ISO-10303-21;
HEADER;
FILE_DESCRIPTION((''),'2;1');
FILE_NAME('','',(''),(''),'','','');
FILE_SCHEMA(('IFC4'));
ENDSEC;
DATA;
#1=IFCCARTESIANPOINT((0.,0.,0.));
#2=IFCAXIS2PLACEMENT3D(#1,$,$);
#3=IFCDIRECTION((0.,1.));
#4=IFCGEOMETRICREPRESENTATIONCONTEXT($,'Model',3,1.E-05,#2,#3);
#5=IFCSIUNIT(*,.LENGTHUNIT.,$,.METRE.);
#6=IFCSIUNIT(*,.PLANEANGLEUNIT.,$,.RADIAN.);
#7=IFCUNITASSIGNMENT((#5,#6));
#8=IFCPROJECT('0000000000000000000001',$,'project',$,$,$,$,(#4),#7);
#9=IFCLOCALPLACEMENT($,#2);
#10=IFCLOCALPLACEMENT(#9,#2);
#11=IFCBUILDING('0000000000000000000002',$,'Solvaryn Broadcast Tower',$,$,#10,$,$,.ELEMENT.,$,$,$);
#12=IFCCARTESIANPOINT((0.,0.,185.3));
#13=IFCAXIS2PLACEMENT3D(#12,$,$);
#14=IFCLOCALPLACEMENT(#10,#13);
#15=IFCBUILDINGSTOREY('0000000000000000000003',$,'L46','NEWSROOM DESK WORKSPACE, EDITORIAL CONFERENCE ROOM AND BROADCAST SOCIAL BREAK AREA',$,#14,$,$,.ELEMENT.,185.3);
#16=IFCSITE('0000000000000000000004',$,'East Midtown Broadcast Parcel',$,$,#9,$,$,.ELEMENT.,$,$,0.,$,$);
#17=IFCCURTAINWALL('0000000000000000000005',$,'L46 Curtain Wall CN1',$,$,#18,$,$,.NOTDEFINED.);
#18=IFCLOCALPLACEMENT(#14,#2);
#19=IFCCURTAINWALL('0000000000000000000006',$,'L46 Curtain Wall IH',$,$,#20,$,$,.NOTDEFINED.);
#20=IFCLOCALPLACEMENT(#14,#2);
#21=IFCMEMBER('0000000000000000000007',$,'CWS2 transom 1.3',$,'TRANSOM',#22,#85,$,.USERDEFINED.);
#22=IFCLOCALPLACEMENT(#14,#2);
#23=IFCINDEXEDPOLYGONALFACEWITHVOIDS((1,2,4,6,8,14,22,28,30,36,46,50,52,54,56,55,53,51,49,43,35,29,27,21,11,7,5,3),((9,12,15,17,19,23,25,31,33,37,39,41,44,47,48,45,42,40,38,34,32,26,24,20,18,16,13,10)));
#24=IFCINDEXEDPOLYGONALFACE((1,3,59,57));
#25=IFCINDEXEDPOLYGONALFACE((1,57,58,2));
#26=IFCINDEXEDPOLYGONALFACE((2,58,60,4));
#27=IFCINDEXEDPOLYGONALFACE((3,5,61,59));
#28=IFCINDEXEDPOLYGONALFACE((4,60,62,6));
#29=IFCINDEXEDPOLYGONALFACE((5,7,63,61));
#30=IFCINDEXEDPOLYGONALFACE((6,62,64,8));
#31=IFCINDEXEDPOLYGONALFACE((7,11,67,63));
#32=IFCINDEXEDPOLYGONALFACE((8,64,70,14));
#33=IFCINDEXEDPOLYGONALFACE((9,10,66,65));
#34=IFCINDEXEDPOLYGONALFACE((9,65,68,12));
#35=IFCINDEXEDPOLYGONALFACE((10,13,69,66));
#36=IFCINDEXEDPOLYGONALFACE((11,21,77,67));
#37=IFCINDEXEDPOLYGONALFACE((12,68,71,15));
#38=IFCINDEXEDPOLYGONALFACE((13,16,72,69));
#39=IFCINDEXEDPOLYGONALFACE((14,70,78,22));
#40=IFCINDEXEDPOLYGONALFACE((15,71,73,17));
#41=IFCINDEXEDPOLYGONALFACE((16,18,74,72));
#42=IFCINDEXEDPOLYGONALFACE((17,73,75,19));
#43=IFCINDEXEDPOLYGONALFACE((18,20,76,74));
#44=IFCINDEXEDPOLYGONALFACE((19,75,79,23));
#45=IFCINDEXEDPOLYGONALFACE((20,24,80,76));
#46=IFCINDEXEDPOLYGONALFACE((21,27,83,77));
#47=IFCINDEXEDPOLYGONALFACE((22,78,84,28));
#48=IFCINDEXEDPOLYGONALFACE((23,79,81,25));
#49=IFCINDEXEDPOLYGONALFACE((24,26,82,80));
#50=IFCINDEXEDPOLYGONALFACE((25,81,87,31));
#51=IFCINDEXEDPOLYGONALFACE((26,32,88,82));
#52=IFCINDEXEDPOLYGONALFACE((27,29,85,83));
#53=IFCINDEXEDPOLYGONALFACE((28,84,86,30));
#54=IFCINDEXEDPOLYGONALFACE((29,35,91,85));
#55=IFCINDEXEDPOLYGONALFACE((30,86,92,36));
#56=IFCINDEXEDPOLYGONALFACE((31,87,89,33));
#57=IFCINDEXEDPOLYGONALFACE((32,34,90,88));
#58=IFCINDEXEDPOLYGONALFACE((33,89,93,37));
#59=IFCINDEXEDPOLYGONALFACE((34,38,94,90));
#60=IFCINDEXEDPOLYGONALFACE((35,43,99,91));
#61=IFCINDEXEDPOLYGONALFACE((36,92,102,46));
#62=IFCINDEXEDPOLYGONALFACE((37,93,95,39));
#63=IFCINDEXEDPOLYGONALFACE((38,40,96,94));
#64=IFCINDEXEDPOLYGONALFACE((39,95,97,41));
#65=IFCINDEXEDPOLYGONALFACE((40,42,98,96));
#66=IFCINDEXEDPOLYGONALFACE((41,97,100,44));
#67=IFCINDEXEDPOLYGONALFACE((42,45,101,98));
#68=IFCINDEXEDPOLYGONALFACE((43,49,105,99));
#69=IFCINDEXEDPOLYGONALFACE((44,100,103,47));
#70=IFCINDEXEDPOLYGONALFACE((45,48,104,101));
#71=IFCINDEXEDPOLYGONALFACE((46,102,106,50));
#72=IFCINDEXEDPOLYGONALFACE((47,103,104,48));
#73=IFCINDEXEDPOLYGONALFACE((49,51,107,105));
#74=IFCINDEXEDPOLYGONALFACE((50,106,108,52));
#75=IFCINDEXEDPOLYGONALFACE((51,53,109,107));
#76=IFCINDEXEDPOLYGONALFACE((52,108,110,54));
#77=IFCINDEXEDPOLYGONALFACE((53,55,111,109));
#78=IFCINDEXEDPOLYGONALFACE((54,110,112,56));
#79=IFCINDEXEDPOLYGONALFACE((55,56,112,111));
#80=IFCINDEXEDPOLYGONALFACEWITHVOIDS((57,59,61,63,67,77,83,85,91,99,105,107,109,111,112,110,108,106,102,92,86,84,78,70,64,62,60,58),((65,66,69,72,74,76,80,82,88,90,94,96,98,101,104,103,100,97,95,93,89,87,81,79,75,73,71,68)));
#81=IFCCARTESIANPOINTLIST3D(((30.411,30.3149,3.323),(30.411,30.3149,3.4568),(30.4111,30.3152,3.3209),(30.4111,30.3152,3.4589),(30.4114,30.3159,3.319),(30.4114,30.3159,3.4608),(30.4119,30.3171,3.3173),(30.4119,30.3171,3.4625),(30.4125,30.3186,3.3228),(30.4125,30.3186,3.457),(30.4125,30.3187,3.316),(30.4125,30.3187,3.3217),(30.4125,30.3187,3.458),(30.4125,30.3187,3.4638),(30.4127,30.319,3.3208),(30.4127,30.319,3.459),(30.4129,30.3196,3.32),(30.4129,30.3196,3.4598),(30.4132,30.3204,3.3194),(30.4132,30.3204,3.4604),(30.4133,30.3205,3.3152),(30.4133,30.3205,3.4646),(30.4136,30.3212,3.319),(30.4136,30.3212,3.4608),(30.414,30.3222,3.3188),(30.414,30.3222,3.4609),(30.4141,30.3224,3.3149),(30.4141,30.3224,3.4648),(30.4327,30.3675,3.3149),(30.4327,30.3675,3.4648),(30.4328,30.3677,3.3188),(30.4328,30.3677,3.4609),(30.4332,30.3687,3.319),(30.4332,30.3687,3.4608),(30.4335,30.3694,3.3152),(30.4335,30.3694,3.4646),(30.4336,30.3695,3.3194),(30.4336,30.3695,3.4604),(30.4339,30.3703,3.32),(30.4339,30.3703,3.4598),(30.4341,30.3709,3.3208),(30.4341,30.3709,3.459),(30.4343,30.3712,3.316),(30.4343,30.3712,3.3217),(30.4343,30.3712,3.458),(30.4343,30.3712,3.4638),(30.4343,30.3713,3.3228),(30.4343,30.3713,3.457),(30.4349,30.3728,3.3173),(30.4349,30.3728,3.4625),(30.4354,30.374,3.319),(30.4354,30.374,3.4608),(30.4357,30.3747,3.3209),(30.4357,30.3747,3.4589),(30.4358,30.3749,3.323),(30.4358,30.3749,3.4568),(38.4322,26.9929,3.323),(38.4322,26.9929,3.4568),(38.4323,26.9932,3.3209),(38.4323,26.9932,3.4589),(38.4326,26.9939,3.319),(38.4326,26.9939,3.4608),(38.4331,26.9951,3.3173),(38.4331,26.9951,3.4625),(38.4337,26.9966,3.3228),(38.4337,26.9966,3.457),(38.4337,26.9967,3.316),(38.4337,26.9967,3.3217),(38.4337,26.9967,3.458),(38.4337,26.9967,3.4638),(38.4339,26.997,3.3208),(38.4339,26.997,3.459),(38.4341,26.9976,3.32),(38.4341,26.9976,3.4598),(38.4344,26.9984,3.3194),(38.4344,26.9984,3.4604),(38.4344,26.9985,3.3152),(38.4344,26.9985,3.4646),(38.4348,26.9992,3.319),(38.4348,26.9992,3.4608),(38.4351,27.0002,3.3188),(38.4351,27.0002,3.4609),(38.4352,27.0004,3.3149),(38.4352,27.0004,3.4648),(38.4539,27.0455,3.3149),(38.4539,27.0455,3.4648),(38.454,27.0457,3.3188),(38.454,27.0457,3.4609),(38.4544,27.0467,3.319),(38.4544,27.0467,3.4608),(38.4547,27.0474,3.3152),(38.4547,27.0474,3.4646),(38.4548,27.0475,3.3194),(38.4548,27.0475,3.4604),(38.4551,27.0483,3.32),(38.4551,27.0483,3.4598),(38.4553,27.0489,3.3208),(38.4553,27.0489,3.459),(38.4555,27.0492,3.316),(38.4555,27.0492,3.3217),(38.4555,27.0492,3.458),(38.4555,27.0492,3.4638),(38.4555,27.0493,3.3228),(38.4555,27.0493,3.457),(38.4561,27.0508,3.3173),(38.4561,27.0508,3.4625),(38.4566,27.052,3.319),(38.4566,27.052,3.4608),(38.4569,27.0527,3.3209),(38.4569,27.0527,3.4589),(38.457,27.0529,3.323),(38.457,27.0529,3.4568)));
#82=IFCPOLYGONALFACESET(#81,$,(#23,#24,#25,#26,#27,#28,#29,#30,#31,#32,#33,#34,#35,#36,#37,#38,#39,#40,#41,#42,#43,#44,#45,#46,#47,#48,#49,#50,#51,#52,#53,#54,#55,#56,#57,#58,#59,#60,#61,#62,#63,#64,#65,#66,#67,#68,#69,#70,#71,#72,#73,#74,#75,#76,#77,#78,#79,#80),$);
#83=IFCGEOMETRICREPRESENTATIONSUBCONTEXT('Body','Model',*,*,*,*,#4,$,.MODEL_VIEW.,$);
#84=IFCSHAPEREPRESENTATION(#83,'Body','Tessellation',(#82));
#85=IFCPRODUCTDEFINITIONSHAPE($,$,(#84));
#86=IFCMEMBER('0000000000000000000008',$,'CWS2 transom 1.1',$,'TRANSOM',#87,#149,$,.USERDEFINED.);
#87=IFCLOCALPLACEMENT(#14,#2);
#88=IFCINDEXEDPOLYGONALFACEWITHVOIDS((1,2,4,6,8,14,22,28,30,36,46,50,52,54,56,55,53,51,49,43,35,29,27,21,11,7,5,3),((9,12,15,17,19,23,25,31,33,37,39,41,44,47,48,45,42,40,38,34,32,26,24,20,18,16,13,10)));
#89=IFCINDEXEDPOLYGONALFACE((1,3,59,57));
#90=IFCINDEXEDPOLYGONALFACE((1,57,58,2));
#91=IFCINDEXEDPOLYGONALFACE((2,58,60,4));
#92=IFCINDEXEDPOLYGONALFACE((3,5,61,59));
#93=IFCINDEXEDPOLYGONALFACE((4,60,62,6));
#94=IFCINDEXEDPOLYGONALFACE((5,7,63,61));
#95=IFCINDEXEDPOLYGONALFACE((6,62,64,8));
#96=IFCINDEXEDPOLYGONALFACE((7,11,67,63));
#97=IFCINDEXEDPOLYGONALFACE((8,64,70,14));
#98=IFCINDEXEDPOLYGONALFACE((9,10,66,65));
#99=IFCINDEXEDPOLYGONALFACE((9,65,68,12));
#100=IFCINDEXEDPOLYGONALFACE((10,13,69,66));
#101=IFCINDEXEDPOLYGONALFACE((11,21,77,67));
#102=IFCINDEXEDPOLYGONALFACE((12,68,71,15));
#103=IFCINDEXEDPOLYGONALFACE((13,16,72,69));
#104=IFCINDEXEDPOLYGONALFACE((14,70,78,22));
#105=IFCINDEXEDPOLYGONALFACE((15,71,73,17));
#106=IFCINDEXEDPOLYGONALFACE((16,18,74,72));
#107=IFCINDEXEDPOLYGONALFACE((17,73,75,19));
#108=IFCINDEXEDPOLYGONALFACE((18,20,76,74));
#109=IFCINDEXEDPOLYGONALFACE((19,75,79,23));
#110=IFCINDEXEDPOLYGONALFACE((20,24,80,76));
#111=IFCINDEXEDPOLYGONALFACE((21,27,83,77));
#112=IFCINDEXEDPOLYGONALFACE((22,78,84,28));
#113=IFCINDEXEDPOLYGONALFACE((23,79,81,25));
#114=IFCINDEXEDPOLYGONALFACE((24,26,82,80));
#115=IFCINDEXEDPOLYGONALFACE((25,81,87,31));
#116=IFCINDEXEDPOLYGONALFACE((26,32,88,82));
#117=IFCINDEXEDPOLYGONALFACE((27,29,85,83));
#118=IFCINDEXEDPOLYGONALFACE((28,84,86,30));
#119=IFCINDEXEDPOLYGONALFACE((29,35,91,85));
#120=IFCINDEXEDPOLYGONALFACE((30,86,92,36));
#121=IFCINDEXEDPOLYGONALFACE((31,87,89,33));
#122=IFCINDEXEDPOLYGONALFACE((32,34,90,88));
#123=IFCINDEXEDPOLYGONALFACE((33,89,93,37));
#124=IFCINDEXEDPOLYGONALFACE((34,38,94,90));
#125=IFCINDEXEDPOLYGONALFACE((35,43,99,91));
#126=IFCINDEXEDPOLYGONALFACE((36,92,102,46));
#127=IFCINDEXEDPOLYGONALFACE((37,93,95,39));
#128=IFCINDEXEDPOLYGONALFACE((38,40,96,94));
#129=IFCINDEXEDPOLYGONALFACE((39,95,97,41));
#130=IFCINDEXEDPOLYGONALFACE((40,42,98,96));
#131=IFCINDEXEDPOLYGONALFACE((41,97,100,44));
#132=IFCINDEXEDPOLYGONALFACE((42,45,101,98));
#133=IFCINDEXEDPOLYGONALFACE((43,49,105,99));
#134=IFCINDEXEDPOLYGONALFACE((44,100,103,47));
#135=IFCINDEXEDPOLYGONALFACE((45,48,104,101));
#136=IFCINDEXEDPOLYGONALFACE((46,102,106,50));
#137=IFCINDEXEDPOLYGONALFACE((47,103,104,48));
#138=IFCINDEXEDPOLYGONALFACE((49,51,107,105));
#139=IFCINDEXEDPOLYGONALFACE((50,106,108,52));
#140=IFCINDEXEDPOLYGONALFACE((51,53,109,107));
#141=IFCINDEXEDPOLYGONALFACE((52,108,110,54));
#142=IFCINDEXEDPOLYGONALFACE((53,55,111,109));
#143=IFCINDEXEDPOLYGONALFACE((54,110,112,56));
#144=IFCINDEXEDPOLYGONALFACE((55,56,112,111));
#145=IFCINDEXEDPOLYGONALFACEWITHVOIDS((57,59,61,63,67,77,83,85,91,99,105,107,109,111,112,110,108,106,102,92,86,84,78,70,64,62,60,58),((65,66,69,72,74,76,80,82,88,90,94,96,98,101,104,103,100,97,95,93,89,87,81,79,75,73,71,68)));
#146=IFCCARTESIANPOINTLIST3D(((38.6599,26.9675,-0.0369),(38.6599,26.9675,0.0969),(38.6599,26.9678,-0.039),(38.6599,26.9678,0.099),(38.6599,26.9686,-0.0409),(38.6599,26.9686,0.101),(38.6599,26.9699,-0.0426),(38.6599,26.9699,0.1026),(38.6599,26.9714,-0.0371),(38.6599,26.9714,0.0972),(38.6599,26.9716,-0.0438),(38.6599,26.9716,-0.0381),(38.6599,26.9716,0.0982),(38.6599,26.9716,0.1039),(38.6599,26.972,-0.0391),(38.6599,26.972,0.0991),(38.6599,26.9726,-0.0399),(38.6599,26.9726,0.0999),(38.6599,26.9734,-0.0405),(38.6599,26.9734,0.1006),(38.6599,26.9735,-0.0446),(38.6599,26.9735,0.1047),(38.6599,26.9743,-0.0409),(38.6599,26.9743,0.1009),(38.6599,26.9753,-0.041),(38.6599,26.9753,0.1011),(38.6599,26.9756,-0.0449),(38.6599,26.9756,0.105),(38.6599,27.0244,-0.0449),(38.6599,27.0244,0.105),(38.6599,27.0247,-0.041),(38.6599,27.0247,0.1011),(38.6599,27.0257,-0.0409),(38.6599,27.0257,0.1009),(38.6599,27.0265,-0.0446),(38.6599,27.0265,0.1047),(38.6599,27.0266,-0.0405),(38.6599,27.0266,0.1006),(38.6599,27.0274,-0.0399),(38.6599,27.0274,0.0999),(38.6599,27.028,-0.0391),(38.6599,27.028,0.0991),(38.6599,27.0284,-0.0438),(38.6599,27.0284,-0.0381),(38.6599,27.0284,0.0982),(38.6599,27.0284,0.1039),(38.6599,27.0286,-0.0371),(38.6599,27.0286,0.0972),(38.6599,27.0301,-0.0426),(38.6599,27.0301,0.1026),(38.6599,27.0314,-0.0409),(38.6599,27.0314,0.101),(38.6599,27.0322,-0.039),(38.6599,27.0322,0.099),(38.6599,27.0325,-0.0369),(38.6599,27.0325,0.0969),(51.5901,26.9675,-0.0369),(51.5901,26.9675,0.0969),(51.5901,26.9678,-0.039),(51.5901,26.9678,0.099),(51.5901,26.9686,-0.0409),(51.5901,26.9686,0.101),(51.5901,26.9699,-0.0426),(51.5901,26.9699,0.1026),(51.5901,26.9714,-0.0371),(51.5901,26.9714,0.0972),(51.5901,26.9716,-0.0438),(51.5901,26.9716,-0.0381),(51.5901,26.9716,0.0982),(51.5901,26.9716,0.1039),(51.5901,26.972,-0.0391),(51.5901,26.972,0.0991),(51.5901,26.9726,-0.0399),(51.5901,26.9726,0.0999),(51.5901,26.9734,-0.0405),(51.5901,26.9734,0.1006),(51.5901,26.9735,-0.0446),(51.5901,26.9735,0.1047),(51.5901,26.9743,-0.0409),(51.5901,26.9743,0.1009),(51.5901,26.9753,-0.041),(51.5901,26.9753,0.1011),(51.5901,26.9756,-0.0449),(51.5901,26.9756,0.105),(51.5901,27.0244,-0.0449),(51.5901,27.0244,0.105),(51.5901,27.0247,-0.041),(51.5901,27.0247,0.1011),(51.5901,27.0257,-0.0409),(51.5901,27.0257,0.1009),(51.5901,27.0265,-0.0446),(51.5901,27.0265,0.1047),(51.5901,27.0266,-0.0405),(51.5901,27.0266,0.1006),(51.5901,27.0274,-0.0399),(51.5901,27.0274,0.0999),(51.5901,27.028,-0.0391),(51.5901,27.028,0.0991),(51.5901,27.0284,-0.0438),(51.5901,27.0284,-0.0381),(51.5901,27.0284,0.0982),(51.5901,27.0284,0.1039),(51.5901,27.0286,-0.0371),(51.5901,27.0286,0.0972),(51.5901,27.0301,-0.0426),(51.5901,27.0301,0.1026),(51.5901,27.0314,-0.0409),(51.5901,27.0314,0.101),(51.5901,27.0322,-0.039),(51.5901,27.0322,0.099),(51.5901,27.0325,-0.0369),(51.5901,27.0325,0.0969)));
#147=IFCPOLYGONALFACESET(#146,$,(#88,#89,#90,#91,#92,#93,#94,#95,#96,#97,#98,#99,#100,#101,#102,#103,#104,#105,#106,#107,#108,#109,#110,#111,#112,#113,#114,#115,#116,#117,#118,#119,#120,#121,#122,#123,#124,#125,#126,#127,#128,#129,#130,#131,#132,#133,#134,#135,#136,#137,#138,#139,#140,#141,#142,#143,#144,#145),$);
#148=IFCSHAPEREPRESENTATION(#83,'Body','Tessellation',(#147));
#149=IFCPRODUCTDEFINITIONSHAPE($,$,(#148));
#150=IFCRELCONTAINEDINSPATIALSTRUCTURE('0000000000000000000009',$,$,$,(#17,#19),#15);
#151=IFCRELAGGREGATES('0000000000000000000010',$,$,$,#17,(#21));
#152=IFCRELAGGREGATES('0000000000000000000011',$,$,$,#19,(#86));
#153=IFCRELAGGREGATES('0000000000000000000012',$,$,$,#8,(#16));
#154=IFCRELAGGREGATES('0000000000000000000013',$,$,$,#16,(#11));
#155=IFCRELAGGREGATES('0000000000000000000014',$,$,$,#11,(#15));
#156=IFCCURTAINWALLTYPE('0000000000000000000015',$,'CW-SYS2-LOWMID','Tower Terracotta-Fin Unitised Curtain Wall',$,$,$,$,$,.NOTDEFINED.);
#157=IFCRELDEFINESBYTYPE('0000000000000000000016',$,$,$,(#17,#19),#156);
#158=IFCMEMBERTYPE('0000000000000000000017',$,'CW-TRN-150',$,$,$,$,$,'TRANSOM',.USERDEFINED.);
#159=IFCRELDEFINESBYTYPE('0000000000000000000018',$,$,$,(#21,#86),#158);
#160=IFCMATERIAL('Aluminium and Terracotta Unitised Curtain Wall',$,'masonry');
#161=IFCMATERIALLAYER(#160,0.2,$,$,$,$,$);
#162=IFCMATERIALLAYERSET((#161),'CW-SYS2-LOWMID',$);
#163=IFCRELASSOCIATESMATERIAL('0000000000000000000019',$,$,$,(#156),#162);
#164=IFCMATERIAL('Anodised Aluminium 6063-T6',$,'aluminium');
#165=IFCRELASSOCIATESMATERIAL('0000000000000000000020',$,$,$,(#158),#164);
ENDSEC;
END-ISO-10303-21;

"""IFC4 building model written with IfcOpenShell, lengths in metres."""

from ifc_helpers import new_model, si_unit, direction, frame, origin, origin_2d, place, context, subcontext, project, spatial, hollow_rectangle, extrude, material, layer, layer_set, material_profile, profile_set, type_object, element, aggregate, save


model = new_model("IFC4")

# Units and contexts
model_context = context("Model", 3, precision=1e-05, world=origin(), true_north=direction((0.0, 1.0)))
body_context = subcontext(model_context, "Body", "Model", "MODEL_VIEW")
ifc_project = project(units=[si_unit("LENGTHUNIT", "METRE"), si_unit("PLANEANGLEUNIT", "RADIAN")], contexts=[model_context])

# Site, building, storey
site_placement = place(None, origin())
site = spatial("IfcSite", under=ifc_project, at=site_placement, Name="East Midtown Broadcast Parcel", CompositionType="ELEMENT", RefElevation=0.0)
building_placement = place(site_placement, origin())
building = spatial("IfcBuilding", under=site, at=building_placement, Name="Solvaryn Broadcast Tower", CompositionType="ELEMENT")
storey_placement = place(building_placement, frame((0.0, 0.0, 185.3)))
storey = spatial("IfcBuildingStorey", under=building, at=storey_placement, Name="L46", Description="NEWSROOM DESK WORKSPACE, EDITORIAL CONFERENCE ROOM AND BROADCAST SOCIAL BREAK AREA", CompositionType="ELEMENT", Elevation=185.3)

# Curtain walls
ifc_material_1 = material(Name="Aluminium and Terracotta Unitised Curtain Wall", Category="masonry")
ifc_layer_1 = layer(ifc_material_1, 0.2)
ifc_layer_set_1 = layer_set([ifc_layer_1], Name="CW-SYS2-LOWMID")
curtain_wall_type = type_object("IfcCurtainWallType", Name="CW-SYS2-LOWMID", Description="Tower Terracotta-Fin Unitised Curtain Wall", PredefinedType="NOTDEFINED", material=ifc_layer_set_1)
curtain_wall_1_placement = place(storey_placement, origin())
curtain_wall_1 = element("IfcCurtainWall", 1, at=curtain_wall_1_placement, inside=storey, type_object=curtain_wall_type, Name="L46 Curtain Wall CN1", PredefinedType="NOTDEFINED")
curtain_wall_2_placement = place(storey_placement, origin())
curtain_wall_2 = element("IfcCurtainWall", 2, at=curtain_wall_2_placement, inside=storey, type_object=curtain_wall_type, Name="L46 Curtain Wall IH", PredefinedType="NOTDEFINED")

# Members
ifc_material_2 = material(Name="Anodised Aluminium 6063-T6", Category="aluminium")
ifc_material_profile_1 = material_profile(ifc_material_2, hollow_rectangle(XDim=0.0649, YDim=0.1499, WallThickness=0.0039, InnerFilletRadius=0.0039, OuterFilletRadius=0.0081, at=origin_2d()))
ifc_profile_set_1 = profile_set([ifc_material_profile_1], Name="Anodised Aluminium 6063-T6")
member_type_1 = type_object("IfcMemberType", Name="CW-TRN-150", ElementType="TRANSOM", PredefinedType="USERDEFINED", material=ifc_profile_set_1)
member_1_placement = place(storey_placement, frame((38.4446, 27.0229, 3.3899), z_axis=(-0.923899, 0.382636, 0.0), x_axis=(-0.382636, -0.923899, 0.0)))
member_1 = element("IfcMember", 3, at=member_1_placement, type_object=member_type_1, Name="CWS2 transom 1.3", ObjectType="TRANSOM", PredefinedType="USERDEFINED", context=body_context, shape_type="SweptSolid", body=[
    extrude(hollow_rectangle(XDim=0.0649, YDim=0.1499, WallThickness=0.0039, InnerFilletRadius=0.0039, OuterFilletRadius=0.0081, at=origin_2d()), origin(), (0.0, 0.0, 1.0), 8.6819),
])
aggregate(curtain_wall_1, [member_1])
member_2_placement = place(storey_placement, frame((38.6599, 27.0, 0.03), z_axis=(1.0, 0.0, 0.0), x_axis=(0.0, 1.0, 0.0)))
member_2 = element("IfcMember", 4, at=member_2_placement, type_object=member_type_1, Name="CWS2 transom 1.1", ObjectType="TRANSOM", PredefinedType="USERDEFINED", context=body_context, shape_type="SweptSolid", body=[
    extrude(hollow_rectangle(XDim=0.0649, YDim=0.1499, WallThickness=0.0039, InnerFilletRadius=0.0039, OuterFilletRadius=0.0081, at=origin_2d()), origin(), (0.0, 0.0, 1.0), 12.9302),
])
aggregate(curtain_wall_2, [member_2])

save(model, "model.ifc")
